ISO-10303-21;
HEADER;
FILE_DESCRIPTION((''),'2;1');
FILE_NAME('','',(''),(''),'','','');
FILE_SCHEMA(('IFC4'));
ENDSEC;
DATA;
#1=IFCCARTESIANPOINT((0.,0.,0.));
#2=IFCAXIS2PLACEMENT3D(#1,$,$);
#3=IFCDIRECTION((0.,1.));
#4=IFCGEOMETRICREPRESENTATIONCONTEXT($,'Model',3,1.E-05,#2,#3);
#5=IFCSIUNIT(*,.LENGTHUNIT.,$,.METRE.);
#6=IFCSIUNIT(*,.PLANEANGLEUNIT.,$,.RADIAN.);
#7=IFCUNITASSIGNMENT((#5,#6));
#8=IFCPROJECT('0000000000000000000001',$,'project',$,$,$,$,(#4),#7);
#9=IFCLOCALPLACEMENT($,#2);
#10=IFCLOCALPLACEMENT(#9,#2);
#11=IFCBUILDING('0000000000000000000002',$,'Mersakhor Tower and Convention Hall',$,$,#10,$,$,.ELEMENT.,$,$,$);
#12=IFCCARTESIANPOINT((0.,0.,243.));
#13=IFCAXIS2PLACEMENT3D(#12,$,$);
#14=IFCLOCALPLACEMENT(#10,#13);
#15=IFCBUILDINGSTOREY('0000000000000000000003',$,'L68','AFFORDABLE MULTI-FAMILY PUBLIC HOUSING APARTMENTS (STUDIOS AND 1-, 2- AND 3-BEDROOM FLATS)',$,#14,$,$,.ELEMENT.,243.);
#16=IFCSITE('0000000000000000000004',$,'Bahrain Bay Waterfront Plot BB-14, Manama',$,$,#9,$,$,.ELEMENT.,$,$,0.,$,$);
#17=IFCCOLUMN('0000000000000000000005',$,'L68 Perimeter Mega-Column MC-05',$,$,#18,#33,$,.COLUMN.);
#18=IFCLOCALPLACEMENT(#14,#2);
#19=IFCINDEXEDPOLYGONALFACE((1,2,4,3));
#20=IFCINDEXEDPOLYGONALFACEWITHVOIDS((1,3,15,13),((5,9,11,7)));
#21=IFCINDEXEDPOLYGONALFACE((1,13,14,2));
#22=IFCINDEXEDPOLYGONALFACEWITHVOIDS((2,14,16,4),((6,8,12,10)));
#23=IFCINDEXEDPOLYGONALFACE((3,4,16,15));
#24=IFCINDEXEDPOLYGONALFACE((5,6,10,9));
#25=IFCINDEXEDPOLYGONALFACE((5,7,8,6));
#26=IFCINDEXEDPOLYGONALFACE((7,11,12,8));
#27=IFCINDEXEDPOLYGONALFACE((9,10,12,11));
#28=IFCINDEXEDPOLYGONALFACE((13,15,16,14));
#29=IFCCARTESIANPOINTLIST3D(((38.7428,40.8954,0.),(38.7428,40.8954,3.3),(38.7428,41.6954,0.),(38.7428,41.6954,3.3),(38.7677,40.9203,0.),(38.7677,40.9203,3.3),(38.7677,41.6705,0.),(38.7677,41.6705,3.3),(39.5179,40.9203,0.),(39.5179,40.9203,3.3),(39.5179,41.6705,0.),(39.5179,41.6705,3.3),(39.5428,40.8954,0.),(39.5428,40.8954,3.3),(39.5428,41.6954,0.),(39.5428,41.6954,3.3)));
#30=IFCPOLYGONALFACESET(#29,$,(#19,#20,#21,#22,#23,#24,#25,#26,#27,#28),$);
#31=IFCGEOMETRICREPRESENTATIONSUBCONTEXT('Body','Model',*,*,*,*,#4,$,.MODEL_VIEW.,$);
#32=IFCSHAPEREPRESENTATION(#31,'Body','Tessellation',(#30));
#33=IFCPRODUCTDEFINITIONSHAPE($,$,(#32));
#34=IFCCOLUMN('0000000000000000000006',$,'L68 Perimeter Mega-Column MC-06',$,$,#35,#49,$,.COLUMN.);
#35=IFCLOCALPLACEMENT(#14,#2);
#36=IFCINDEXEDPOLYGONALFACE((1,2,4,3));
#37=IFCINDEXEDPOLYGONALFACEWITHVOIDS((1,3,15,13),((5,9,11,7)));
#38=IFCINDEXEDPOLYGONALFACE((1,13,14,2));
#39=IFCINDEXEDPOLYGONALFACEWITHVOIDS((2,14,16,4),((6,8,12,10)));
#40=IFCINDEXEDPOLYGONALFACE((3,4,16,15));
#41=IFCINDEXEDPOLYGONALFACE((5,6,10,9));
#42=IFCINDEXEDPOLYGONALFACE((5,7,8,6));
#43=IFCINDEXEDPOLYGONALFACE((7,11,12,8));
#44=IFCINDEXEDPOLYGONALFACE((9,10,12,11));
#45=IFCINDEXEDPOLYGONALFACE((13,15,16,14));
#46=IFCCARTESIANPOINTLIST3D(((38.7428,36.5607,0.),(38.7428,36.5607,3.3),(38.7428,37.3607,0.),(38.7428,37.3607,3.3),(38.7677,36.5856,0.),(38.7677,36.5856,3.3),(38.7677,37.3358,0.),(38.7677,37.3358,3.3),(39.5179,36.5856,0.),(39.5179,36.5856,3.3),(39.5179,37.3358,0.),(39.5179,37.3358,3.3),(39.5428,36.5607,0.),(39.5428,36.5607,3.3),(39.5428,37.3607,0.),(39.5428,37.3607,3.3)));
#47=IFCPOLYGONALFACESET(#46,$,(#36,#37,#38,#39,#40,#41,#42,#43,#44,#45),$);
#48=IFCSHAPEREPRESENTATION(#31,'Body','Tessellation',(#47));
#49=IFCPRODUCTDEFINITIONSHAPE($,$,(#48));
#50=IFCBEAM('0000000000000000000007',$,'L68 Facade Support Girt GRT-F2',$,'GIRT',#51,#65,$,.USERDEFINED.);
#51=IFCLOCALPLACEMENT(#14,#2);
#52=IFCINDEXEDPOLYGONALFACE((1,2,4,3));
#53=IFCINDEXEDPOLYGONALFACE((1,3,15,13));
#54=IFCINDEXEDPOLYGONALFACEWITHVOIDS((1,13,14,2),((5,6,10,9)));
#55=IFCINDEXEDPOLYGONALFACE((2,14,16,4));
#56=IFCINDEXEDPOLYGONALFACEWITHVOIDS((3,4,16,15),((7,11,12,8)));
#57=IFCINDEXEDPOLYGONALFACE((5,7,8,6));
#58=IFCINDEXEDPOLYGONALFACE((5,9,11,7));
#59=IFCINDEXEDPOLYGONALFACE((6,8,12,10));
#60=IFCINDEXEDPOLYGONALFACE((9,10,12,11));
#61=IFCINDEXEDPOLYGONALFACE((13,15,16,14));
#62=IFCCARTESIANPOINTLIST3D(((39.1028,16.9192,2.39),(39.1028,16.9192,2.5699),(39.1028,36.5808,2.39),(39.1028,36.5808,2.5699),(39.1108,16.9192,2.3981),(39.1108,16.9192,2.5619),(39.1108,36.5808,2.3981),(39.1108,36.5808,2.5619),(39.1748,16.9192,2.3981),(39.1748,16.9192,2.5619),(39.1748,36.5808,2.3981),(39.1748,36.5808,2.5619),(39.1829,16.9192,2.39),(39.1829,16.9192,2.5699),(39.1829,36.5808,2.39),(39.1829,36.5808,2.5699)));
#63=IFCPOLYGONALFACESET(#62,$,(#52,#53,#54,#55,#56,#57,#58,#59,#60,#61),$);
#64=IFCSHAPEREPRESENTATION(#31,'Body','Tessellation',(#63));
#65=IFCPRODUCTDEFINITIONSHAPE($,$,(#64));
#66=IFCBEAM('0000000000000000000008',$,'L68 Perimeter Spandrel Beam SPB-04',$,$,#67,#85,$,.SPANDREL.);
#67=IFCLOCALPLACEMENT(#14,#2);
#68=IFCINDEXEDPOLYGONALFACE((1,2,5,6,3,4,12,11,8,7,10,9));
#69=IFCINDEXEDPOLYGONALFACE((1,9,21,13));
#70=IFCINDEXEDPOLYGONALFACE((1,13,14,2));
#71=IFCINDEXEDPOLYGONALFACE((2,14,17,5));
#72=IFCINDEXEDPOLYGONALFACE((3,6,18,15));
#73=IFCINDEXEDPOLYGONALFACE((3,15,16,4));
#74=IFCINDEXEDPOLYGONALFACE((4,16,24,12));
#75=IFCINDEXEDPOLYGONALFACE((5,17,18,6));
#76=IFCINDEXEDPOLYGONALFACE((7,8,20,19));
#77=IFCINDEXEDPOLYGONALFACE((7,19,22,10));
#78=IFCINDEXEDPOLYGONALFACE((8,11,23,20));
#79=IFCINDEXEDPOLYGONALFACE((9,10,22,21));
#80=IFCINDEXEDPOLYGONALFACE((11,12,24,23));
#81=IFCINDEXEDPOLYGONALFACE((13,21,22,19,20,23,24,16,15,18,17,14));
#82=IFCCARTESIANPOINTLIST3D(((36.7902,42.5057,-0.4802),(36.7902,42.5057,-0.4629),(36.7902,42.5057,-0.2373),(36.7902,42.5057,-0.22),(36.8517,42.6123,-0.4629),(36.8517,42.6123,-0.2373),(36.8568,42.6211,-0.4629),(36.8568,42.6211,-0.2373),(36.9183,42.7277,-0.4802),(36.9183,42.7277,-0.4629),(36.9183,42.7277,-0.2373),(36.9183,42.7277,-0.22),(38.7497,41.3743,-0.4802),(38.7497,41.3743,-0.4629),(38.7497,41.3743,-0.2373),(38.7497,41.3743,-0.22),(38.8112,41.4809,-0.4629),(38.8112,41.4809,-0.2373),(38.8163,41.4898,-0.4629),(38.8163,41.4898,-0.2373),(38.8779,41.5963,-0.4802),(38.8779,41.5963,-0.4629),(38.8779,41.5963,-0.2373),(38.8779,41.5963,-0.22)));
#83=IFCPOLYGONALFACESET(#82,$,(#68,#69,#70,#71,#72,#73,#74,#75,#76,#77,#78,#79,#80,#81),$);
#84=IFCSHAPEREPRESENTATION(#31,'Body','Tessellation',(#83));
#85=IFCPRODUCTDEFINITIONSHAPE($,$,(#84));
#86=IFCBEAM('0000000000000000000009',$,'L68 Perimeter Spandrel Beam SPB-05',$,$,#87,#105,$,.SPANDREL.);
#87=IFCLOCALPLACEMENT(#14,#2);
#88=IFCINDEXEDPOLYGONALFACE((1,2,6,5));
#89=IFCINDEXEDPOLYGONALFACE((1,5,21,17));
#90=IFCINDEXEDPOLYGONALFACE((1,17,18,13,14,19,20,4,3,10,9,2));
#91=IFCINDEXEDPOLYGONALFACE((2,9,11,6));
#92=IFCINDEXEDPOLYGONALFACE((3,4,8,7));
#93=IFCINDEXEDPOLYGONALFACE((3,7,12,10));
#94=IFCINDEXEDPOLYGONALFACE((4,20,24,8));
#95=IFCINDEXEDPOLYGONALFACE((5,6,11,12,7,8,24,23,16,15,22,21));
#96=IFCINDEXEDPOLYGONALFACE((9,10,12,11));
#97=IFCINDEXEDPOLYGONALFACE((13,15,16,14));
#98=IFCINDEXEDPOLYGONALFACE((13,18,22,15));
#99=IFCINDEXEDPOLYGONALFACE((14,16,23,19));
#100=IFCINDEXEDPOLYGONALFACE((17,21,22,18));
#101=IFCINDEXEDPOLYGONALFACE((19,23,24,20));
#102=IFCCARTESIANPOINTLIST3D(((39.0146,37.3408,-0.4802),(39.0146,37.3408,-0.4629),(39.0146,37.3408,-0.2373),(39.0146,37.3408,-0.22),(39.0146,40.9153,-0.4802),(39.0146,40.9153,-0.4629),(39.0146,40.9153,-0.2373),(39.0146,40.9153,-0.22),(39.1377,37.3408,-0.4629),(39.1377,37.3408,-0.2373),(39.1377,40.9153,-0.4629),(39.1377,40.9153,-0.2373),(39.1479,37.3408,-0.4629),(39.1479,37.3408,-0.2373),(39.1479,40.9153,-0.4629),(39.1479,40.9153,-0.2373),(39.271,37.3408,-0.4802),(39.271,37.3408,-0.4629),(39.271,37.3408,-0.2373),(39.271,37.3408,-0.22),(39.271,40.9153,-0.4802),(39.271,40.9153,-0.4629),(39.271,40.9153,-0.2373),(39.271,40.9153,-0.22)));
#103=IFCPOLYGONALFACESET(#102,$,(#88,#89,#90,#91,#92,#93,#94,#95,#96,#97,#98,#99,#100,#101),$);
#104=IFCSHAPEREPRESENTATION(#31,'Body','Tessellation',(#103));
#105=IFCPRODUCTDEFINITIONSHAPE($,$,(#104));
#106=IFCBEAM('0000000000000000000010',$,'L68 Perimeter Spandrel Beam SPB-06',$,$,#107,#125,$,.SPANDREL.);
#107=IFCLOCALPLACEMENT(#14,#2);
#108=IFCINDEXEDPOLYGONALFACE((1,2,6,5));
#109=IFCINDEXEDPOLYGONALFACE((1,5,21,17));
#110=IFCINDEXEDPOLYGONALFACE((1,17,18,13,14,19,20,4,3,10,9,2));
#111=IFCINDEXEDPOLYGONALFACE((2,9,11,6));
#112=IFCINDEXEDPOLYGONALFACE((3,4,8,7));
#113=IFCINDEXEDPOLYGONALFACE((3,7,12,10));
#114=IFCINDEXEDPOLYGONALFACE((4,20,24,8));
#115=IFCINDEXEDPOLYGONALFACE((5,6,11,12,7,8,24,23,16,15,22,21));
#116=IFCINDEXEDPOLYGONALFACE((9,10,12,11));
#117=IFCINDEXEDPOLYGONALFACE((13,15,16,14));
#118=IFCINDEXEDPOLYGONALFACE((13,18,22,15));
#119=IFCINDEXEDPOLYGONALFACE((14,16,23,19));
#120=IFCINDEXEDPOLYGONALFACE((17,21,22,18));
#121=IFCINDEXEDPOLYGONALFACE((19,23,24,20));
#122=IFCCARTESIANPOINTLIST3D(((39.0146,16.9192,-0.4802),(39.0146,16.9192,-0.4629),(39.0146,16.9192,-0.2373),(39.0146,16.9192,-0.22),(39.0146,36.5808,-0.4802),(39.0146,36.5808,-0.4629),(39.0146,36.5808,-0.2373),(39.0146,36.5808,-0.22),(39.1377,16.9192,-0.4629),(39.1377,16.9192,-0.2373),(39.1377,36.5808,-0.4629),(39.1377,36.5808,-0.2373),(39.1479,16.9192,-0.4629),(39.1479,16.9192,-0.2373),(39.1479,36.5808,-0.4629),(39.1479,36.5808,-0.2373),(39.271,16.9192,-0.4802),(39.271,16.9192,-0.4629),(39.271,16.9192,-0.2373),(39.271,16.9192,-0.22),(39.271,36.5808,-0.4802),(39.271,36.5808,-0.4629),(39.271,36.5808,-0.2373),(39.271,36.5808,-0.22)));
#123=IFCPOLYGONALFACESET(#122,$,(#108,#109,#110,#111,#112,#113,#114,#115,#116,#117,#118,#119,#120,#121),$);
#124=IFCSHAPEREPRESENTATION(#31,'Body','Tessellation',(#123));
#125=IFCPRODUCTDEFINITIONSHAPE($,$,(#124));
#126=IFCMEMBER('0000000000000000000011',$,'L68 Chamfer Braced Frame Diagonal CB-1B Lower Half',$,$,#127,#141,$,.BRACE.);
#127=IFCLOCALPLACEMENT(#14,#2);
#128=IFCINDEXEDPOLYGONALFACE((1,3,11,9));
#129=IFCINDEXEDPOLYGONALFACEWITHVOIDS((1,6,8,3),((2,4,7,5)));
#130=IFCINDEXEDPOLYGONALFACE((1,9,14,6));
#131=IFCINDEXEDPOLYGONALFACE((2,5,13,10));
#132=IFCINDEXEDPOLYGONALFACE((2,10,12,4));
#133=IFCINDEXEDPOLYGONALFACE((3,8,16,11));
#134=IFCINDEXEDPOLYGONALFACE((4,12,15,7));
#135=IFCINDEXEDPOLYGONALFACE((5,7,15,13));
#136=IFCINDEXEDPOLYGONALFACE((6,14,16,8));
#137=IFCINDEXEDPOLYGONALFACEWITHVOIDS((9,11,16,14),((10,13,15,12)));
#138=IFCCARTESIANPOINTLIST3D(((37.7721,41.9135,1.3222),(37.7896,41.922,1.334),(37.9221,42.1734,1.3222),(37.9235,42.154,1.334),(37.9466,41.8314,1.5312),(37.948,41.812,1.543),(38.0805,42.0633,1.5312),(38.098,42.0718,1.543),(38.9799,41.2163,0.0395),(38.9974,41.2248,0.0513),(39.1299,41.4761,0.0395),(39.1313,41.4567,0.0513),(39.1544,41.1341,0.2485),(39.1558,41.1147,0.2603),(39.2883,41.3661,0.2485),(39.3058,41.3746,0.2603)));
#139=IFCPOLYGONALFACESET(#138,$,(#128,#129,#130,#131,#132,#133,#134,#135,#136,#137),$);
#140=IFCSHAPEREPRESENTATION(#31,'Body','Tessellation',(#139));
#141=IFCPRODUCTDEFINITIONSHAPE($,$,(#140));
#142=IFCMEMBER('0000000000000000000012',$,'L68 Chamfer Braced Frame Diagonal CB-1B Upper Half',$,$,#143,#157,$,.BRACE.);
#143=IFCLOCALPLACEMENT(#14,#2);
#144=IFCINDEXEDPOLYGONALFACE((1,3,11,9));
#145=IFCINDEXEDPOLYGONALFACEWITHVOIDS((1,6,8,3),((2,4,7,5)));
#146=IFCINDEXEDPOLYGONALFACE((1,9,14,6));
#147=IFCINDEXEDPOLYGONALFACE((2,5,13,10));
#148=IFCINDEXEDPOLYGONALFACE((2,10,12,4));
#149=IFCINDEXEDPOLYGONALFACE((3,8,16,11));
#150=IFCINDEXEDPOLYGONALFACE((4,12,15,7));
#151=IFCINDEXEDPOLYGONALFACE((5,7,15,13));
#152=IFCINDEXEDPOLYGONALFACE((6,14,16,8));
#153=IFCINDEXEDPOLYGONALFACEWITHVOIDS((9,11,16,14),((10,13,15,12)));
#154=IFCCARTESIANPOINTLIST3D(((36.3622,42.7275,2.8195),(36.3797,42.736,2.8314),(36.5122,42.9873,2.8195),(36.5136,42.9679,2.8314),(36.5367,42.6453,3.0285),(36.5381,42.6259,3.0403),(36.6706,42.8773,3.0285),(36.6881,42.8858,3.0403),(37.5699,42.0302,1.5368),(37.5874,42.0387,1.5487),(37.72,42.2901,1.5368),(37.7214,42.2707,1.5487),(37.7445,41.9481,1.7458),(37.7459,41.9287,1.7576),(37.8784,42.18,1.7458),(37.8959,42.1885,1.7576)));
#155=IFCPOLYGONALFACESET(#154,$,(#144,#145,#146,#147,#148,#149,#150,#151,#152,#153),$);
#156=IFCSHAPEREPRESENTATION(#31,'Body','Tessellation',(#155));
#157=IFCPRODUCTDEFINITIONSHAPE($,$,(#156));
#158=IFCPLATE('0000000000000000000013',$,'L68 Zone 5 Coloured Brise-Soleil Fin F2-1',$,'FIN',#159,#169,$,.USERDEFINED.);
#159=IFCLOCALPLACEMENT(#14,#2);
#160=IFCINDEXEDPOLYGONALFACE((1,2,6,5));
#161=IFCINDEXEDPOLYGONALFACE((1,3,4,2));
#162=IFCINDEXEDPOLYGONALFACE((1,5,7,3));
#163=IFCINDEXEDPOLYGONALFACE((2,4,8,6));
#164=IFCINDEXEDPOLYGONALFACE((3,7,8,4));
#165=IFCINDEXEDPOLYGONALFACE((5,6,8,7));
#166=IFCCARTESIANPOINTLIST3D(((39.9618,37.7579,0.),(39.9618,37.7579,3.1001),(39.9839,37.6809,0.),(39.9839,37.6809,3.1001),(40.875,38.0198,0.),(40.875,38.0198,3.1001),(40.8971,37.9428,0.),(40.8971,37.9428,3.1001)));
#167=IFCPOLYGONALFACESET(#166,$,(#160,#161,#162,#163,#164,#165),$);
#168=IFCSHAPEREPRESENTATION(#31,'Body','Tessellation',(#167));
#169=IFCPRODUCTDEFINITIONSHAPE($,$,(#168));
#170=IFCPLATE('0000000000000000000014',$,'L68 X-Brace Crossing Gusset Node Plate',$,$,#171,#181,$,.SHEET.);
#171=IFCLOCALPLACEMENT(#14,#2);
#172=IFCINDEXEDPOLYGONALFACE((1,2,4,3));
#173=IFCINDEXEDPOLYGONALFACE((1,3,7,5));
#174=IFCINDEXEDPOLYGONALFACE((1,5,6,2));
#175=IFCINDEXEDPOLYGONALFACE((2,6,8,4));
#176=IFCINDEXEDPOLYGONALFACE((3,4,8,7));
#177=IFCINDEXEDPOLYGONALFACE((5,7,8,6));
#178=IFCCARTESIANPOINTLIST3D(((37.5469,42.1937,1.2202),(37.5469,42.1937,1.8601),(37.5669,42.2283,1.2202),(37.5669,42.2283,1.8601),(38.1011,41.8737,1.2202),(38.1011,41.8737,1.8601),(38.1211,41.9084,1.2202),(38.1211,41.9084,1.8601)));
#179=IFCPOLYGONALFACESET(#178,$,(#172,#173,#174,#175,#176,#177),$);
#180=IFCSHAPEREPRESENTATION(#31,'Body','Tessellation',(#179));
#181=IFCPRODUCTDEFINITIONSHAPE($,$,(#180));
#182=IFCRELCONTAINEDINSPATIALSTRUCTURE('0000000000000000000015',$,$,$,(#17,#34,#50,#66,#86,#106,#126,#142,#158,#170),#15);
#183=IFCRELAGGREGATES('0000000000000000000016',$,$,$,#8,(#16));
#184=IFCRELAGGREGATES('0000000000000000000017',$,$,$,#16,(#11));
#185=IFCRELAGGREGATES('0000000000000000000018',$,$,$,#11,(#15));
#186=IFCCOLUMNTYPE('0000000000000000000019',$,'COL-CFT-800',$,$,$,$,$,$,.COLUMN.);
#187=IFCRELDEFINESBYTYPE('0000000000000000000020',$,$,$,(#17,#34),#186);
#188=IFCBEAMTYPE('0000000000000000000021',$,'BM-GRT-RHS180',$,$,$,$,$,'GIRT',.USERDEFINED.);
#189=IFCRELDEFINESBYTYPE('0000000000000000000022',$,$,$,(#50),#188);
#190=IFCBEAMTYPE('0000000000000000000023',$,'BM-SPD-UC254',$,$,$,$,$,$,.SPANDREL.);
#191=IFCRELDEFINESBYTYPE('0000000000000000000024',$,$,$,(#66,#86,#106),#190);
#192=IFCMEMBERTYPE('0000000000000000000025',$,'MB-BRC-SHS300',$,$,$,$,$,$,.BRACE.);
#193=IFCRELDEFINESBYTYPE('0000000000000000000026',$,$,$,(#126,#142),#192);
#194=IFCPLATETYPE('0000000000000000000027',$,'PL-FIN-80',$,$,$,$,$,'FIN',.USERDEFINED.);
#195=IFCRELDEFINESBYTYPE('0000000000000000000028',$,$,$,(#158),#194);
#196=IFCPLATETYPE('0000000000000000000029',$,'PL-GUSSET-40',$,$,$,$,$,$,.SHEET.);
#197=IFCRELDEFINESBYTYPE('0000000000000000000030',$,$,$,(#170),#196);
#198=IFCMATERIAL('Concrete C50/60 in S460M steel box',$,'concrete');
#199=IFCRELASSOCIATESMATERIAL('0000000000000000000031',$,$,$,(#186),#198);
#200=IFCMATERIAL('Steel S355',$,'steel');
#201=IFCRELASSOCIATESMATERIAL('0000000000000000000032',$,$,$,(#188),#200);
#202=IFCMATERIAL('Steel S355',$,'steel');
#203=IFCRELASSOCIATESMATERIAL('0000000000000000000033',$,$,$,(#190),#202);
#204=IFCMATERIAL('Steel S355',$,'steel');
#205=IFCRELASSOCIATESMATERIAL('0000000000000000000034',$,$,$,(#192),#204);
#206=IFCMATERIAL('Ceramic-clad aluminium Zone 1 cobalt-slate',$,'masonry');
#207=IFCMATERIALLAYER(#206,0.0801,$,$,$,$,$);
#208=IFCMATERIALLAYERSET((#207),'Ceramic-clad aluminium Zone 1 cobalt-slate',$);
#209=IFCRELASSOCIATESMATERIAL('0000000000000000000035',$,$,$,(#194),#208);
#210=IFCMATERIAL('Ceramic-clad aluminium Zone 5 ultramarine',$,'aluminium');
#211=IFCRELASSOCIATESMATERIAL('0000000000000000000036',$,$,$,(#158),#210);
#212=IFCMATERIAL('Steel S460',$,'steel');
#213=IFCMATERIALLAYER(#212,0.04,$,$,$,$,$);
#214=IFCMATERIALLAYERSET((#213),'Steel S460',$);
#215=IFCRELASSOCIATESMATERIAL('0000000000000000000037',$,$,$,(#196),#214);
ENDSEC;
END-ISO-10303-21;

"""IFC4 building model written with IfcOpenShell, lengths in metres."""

from ifc_helpers import new_model, si_unit, direction, frame, origin, origin_2d, place, context, subcontext, project, spatial, rectangle, hollow_rectangle, i_section, extrude, material, layer, layer_set, material_profile, profile_set, type_object, element, save


model = new_model("IFC4")

# Units and contexts
model_context = context("Model", 3, precision=1e-05, world=origin(), true_north=direction((0.0, 1.0)))
body_context = subcontext(model_context, "Body", "Model", "MODEL_VIEW")
ifc_project = project(units=[si_unit("LENGTHUNIT", "METRE"), si_unit("PLANEANGLEUNIT", "RADIAN")], contexts=[model_context])

# Site, building, storey
site_placement = place(None, origin())
site = spatial("IfcSite", under=ifc_project, at=site_placement, Name="Bahrain Bay Waterfront Plot BB-14, Manama", CompositionType="ELEMENT", RefElevation=0.0)
building_placement = place(site_placement, origin())
building = spatial("IfcBuilding", under=site, at=building_placement, Name="Mersakhor Tower and Convention Hall", CompositionType="ELEMENT")
storey_placement = place(building_placement, frame((0.0, 0.0, 243.0)))
storey = spatial("IfcBuildingStorey", under=building, at=storey_placement, Name="L68", Description="AFFORDABLE MULTI-FAMILY PUBLIC HOUSING APARTMENTS (STUDIOS AND 1-, 2- AND 3-BEDROOM FLATS)", CompositionType="ELEMENT", Elevation=243.0)

# Columns
ifc_material_1 = material(Name="Concrete C50/60 in S460M steel box", Category="concrete")
ifc_material_profile_1 = material_profile(ifc_material_1, hollow_rectangle(XDim=0.8, YDim=0.8, WallThickness=0.0249, at=origin_2d()), Name="SHS 800x800x25")
ifc_profile_set_1 = profile_set([ifc_material_profile_1], Name="Concrete C50/60 in S460M steel box")
column_type = type_object("IfcColumnType", Name="COL-CFT-800", PredefinedType="COLUMN", material=ifc_profile_set_1)
for number, where, z_axis, x_axis, name in (
    (1, (39.1428, 41.2954, 0.0), (0.0, 0.0, 1.0), (1.0, 0.0, 0.0), "L68 Perimeter Mega-Column MC-05"),
    (2, (39.1428, 36.9607, 0.0), (0.0, 0.0, 1.0), (1.0, 0.0, 0.0), "L68 Perimeter Mega-Column MC-06"),
):
    element("IfcColumn", number, at=place(storey_placement, frame(where, z_axis=z_axis, x_axis=x_axis)), inside=storey, type_object=column_type, Name=name, PredefinedType="COLUMN", context=body_context, shape_type="SweptSolid", body=[
        extrude(hollow_rectangle(XDim=0.8, YDim=0.8, WallThickness=0.0249, at=origin_2d()), origin(), (0.0, 0.0, 1.0), 3.3),
    ])

# Beams
ifc_material_2 = material(Name="Steel S355", Category="steel")
ifc_material_profile_2 = material_profile(ifc_material_2, hollow_rectangle(XDim=0.0801, YDim=0.1799, WallThickness=0.0081, at=origin_2d()), Name="RHS 180x80x8")
ifc_profile_set_2 = profile_set([ifc_material_profile_2], Name="Steel S355")
beam_type_1 = type_object("IfcBeamType", Name="BM-GRT-RHS180", ElementType="GIRT", PredefinedType="USERDEFINED", material=ifc_profile_set_2)
beam_1_placement = place(storey_placement, frame((39.1428, 36.5808, 2.48), z_axis=(0.0, -1.0, 0.0), x_axis=(1.0, 0.0, 0.0)))
element("IfcBeam", 3, at=beam_1_placement, inside=storey, type_object=beam_type_1, Name="L68 Facade Support Girt GRT-F2", ObjectType="GIRT", PredefinedType="USERDEFINED", context=body_context, shape_type="SweptSolid", body=[
    extrude(hollow_rectangle(XDim=0.0801, YDim=0.1799, WallThickness=0.0081, at=origin_2d()), origin(), (0.0, 0.0, 1.0), 19.6616),
])
ifc_material_3 = material(Name="Steel S355", Category="steel")
ifc_material_profile_3 = material_profile(ifc_material_3, i_section(OverallWidth=0.2563, OverallDepth=0.2603, WebThickness=0.0103, FlangeThickness=0.0173, at=origin_2d()), Name="UC 254x254x89")
ifc_profile_set_3 = profile_set([ifc_material_profile_3], Name="Steel S355")
beam_type_2 = type_object("IfcBeamType", Name="BM-SPD-UC254", PredefinedType="SPANDREL", material=ifc_profile_set_3)
beam_2_placement = place(storey_placement, frame((36.8542, 42.6167, -0.3501), z_axis=(0.866017, -0.500015, 0.0), x_axis=(0.500015, 0.866017, 0.0)))
element("IfcBeam", 4, at=beam_2_placement, inside=storey, type_object=beam_type_2, Name="L68 Perimeter Spandrel Beam SPB-04", PredefinedType="SPANDREL", context=body_context, shape_type="SweptSolid", body=[
    extrude(i_section(OverallWidth=0.2563, OverallDepth=0.2603, WebThickness=0.0103, FlangeThickness=0.0173, at=origin_2d()), origin(), (0.0, 0.0, 1.0), 2.2627),
])
beam_3_placement = place(storey_placement, frame((39.1428, 40.9153, -0.3501), z_axis=(0.0, -1.0, 0.0), x_axis=(1.0, 0.0, 0.0)))
element("IfcBeam", 5, at=beam_3_placement, inside=storey, type_object=beam_type_2, Name="L68 Perimeter Spandrel Beam SPB-05", PredefinedType="SPANDREL", context=body_context, shape_type="SweptSolid", body=[
    extrude(i_section(OverallWidth=0.2563, OverallDepth=0.2603, WebThickness=0.0103, FlangeThickness=0.0173, at=origin_2d()), origin(), (0.0, 0.0, 1.0), 3.5745),
])
beam_4_placement = place(storey_placement, frame((39.1428, 36.5808, -0.3501), z_axis=(0.0, -1.0, 0.0), x_axis=(1.0, 0.0, 0.0)))
element("IfcBeam", 6, at=beam_4_placement, inside=storey, type_object=beam_type_2, Name="L68 Perimeter Spandrel Beam SPB-06", PredefinedType="SPANDREL", context=body_context, shape_type="SweptSolid", body=[
    extrude(i_section(OverallWidth=0.2563, OverallDepth=0.2603, WebThickness=0.0103, FlangeThickness=0.0173, at=origin_2d()), origin(), (0.0, 0.0, 1.0), 19.6616),
])

# Members
ifc_material_4 = material(Name="Steel S355", Category="steel")
ifc_material_profile_4 = material_profile(ifc_material_4, hollow_rectangle(XDim=0.3, YDim=0.3, WallThickness=0.0161, at=origin_2d()), Name="SHS 300x300x16")
ifc_profile_set_4 = profile_set([ifc_material_profile_4], Name="Steel S355")
member_type = type_object("IfcMemberType", Name="MB-BRC-SHS300", PredefinedType="BRACE", material=ifc_profile_set_4)
for number, where, z_axis, x_axis, name in (
    (7, (39.1428, 41.2954, 0.1499), (-0.637413, 0.367991, 0.676969), (-0.49998, -0.866037, 0.0), "L68 Chamfer Braced Frame Diagonal CB-1B Lower Half"),
    (8, (37.7329, 42.1094, 1.6472), (-0.637413, 0.367991, 0.676969), (-0.49998, -0.866037, 0.0), "L68 Chamfer Braced Frame Diagonal CB-1B Upper Half"),
):
    element("IfcMember", number, at=place(storey_placement, frame(where, z_axis=z_axis, x_axis=x_axis)), inside=storey, type_object=member_type, Name=name, PredefinedType="BRACE", context=body_context, shape_type="SweptSolid", body=[
        extrude(hollow_rectangle(XDim=0.3, YDim=0.3, WallThickness=0.0161, at=origin_2d()), origin(), (0.0, 0.0, 1.0), 1.8948),
    ])

# Plates
ifc_material_5 = material(Name="Ceramic-clad aluminium Zone 5 ultramarine", Category="aluminium")
ifc_material_6 = material(Name="Ceramic-clad aluminium Zone 1 cobalt-slate", Category="masonry")
ifc_layer_1 = layer(ifc_material_6, 0.0801)
ifc_layer_set_1 = layer_set([ifc_layer_1], Name="Ceramic-clad aluminium Zone 1 cobalt-slate")
plate_type_1 = type_object("IfcPlateType", Name="PL-FIN-80", ElementType="FIN", PredefinedType="USERDEFINED", material=ifc_layer_set_1)
plate_1_placement = place(storey_placement, frame((40.4294, 37.8503, 0.0), z_axis=(0.0, 0.0, 1.0), x_axis=(0.961262, 0.275637, 0.0)))
element("IfcPlate", 9, at=plate_1_placement, inside=storey, type_object=plate_type_1, material=ifc_material_5, Name="L68 Zone 5 Coloured Brise-Soleil Fin F2-1", ObjectType="FIN", PredefinedType="USERDEFINED", context=body_context, shape_type="SweptSolid", body=[
    extrude(rectangle(XDim=0.95, YDim=0.0801, at=origin_2d()), origin(), (0.0, 0.0, 1.0), 3.1001),
])
ifc_material_7 = material(Name="Steel S460", Category="steel")
ifc_layer_2 = layer(ifc_material_7, 0.04)
ifc_layer_set_2 = layer_set([ifc_layer_2], Name="Steel S460")
plate_type_2 = type_object("IfcPlateType", Name="PL-GUSSET-40", PredefinedType="SHEET", material=ifc_layer_set_2)
plate_2_placement = place(storey_placement, frame((37.834, 42.051, 1.2202), z_axis=(0.0, 0.0, 1.0), x_axis=(-0.866025, 0.5, 0.0)))
element("IfcPlate", 10, at=plate_2_placement, inside=storey, type_object=plate_type_2, Name="L68 X-Brace Crossing Gusset Node Plate", PredefinedType="SHEET", context=body_context, shape_type="SweptSolid", body=[
    extrude(rectangle(XDim=0.6399, YDim=0.04, at=origin_2d()), origin(), (0.0, 0.0, 1.0), 0.6399),
])

save(model, "model.ifc")
